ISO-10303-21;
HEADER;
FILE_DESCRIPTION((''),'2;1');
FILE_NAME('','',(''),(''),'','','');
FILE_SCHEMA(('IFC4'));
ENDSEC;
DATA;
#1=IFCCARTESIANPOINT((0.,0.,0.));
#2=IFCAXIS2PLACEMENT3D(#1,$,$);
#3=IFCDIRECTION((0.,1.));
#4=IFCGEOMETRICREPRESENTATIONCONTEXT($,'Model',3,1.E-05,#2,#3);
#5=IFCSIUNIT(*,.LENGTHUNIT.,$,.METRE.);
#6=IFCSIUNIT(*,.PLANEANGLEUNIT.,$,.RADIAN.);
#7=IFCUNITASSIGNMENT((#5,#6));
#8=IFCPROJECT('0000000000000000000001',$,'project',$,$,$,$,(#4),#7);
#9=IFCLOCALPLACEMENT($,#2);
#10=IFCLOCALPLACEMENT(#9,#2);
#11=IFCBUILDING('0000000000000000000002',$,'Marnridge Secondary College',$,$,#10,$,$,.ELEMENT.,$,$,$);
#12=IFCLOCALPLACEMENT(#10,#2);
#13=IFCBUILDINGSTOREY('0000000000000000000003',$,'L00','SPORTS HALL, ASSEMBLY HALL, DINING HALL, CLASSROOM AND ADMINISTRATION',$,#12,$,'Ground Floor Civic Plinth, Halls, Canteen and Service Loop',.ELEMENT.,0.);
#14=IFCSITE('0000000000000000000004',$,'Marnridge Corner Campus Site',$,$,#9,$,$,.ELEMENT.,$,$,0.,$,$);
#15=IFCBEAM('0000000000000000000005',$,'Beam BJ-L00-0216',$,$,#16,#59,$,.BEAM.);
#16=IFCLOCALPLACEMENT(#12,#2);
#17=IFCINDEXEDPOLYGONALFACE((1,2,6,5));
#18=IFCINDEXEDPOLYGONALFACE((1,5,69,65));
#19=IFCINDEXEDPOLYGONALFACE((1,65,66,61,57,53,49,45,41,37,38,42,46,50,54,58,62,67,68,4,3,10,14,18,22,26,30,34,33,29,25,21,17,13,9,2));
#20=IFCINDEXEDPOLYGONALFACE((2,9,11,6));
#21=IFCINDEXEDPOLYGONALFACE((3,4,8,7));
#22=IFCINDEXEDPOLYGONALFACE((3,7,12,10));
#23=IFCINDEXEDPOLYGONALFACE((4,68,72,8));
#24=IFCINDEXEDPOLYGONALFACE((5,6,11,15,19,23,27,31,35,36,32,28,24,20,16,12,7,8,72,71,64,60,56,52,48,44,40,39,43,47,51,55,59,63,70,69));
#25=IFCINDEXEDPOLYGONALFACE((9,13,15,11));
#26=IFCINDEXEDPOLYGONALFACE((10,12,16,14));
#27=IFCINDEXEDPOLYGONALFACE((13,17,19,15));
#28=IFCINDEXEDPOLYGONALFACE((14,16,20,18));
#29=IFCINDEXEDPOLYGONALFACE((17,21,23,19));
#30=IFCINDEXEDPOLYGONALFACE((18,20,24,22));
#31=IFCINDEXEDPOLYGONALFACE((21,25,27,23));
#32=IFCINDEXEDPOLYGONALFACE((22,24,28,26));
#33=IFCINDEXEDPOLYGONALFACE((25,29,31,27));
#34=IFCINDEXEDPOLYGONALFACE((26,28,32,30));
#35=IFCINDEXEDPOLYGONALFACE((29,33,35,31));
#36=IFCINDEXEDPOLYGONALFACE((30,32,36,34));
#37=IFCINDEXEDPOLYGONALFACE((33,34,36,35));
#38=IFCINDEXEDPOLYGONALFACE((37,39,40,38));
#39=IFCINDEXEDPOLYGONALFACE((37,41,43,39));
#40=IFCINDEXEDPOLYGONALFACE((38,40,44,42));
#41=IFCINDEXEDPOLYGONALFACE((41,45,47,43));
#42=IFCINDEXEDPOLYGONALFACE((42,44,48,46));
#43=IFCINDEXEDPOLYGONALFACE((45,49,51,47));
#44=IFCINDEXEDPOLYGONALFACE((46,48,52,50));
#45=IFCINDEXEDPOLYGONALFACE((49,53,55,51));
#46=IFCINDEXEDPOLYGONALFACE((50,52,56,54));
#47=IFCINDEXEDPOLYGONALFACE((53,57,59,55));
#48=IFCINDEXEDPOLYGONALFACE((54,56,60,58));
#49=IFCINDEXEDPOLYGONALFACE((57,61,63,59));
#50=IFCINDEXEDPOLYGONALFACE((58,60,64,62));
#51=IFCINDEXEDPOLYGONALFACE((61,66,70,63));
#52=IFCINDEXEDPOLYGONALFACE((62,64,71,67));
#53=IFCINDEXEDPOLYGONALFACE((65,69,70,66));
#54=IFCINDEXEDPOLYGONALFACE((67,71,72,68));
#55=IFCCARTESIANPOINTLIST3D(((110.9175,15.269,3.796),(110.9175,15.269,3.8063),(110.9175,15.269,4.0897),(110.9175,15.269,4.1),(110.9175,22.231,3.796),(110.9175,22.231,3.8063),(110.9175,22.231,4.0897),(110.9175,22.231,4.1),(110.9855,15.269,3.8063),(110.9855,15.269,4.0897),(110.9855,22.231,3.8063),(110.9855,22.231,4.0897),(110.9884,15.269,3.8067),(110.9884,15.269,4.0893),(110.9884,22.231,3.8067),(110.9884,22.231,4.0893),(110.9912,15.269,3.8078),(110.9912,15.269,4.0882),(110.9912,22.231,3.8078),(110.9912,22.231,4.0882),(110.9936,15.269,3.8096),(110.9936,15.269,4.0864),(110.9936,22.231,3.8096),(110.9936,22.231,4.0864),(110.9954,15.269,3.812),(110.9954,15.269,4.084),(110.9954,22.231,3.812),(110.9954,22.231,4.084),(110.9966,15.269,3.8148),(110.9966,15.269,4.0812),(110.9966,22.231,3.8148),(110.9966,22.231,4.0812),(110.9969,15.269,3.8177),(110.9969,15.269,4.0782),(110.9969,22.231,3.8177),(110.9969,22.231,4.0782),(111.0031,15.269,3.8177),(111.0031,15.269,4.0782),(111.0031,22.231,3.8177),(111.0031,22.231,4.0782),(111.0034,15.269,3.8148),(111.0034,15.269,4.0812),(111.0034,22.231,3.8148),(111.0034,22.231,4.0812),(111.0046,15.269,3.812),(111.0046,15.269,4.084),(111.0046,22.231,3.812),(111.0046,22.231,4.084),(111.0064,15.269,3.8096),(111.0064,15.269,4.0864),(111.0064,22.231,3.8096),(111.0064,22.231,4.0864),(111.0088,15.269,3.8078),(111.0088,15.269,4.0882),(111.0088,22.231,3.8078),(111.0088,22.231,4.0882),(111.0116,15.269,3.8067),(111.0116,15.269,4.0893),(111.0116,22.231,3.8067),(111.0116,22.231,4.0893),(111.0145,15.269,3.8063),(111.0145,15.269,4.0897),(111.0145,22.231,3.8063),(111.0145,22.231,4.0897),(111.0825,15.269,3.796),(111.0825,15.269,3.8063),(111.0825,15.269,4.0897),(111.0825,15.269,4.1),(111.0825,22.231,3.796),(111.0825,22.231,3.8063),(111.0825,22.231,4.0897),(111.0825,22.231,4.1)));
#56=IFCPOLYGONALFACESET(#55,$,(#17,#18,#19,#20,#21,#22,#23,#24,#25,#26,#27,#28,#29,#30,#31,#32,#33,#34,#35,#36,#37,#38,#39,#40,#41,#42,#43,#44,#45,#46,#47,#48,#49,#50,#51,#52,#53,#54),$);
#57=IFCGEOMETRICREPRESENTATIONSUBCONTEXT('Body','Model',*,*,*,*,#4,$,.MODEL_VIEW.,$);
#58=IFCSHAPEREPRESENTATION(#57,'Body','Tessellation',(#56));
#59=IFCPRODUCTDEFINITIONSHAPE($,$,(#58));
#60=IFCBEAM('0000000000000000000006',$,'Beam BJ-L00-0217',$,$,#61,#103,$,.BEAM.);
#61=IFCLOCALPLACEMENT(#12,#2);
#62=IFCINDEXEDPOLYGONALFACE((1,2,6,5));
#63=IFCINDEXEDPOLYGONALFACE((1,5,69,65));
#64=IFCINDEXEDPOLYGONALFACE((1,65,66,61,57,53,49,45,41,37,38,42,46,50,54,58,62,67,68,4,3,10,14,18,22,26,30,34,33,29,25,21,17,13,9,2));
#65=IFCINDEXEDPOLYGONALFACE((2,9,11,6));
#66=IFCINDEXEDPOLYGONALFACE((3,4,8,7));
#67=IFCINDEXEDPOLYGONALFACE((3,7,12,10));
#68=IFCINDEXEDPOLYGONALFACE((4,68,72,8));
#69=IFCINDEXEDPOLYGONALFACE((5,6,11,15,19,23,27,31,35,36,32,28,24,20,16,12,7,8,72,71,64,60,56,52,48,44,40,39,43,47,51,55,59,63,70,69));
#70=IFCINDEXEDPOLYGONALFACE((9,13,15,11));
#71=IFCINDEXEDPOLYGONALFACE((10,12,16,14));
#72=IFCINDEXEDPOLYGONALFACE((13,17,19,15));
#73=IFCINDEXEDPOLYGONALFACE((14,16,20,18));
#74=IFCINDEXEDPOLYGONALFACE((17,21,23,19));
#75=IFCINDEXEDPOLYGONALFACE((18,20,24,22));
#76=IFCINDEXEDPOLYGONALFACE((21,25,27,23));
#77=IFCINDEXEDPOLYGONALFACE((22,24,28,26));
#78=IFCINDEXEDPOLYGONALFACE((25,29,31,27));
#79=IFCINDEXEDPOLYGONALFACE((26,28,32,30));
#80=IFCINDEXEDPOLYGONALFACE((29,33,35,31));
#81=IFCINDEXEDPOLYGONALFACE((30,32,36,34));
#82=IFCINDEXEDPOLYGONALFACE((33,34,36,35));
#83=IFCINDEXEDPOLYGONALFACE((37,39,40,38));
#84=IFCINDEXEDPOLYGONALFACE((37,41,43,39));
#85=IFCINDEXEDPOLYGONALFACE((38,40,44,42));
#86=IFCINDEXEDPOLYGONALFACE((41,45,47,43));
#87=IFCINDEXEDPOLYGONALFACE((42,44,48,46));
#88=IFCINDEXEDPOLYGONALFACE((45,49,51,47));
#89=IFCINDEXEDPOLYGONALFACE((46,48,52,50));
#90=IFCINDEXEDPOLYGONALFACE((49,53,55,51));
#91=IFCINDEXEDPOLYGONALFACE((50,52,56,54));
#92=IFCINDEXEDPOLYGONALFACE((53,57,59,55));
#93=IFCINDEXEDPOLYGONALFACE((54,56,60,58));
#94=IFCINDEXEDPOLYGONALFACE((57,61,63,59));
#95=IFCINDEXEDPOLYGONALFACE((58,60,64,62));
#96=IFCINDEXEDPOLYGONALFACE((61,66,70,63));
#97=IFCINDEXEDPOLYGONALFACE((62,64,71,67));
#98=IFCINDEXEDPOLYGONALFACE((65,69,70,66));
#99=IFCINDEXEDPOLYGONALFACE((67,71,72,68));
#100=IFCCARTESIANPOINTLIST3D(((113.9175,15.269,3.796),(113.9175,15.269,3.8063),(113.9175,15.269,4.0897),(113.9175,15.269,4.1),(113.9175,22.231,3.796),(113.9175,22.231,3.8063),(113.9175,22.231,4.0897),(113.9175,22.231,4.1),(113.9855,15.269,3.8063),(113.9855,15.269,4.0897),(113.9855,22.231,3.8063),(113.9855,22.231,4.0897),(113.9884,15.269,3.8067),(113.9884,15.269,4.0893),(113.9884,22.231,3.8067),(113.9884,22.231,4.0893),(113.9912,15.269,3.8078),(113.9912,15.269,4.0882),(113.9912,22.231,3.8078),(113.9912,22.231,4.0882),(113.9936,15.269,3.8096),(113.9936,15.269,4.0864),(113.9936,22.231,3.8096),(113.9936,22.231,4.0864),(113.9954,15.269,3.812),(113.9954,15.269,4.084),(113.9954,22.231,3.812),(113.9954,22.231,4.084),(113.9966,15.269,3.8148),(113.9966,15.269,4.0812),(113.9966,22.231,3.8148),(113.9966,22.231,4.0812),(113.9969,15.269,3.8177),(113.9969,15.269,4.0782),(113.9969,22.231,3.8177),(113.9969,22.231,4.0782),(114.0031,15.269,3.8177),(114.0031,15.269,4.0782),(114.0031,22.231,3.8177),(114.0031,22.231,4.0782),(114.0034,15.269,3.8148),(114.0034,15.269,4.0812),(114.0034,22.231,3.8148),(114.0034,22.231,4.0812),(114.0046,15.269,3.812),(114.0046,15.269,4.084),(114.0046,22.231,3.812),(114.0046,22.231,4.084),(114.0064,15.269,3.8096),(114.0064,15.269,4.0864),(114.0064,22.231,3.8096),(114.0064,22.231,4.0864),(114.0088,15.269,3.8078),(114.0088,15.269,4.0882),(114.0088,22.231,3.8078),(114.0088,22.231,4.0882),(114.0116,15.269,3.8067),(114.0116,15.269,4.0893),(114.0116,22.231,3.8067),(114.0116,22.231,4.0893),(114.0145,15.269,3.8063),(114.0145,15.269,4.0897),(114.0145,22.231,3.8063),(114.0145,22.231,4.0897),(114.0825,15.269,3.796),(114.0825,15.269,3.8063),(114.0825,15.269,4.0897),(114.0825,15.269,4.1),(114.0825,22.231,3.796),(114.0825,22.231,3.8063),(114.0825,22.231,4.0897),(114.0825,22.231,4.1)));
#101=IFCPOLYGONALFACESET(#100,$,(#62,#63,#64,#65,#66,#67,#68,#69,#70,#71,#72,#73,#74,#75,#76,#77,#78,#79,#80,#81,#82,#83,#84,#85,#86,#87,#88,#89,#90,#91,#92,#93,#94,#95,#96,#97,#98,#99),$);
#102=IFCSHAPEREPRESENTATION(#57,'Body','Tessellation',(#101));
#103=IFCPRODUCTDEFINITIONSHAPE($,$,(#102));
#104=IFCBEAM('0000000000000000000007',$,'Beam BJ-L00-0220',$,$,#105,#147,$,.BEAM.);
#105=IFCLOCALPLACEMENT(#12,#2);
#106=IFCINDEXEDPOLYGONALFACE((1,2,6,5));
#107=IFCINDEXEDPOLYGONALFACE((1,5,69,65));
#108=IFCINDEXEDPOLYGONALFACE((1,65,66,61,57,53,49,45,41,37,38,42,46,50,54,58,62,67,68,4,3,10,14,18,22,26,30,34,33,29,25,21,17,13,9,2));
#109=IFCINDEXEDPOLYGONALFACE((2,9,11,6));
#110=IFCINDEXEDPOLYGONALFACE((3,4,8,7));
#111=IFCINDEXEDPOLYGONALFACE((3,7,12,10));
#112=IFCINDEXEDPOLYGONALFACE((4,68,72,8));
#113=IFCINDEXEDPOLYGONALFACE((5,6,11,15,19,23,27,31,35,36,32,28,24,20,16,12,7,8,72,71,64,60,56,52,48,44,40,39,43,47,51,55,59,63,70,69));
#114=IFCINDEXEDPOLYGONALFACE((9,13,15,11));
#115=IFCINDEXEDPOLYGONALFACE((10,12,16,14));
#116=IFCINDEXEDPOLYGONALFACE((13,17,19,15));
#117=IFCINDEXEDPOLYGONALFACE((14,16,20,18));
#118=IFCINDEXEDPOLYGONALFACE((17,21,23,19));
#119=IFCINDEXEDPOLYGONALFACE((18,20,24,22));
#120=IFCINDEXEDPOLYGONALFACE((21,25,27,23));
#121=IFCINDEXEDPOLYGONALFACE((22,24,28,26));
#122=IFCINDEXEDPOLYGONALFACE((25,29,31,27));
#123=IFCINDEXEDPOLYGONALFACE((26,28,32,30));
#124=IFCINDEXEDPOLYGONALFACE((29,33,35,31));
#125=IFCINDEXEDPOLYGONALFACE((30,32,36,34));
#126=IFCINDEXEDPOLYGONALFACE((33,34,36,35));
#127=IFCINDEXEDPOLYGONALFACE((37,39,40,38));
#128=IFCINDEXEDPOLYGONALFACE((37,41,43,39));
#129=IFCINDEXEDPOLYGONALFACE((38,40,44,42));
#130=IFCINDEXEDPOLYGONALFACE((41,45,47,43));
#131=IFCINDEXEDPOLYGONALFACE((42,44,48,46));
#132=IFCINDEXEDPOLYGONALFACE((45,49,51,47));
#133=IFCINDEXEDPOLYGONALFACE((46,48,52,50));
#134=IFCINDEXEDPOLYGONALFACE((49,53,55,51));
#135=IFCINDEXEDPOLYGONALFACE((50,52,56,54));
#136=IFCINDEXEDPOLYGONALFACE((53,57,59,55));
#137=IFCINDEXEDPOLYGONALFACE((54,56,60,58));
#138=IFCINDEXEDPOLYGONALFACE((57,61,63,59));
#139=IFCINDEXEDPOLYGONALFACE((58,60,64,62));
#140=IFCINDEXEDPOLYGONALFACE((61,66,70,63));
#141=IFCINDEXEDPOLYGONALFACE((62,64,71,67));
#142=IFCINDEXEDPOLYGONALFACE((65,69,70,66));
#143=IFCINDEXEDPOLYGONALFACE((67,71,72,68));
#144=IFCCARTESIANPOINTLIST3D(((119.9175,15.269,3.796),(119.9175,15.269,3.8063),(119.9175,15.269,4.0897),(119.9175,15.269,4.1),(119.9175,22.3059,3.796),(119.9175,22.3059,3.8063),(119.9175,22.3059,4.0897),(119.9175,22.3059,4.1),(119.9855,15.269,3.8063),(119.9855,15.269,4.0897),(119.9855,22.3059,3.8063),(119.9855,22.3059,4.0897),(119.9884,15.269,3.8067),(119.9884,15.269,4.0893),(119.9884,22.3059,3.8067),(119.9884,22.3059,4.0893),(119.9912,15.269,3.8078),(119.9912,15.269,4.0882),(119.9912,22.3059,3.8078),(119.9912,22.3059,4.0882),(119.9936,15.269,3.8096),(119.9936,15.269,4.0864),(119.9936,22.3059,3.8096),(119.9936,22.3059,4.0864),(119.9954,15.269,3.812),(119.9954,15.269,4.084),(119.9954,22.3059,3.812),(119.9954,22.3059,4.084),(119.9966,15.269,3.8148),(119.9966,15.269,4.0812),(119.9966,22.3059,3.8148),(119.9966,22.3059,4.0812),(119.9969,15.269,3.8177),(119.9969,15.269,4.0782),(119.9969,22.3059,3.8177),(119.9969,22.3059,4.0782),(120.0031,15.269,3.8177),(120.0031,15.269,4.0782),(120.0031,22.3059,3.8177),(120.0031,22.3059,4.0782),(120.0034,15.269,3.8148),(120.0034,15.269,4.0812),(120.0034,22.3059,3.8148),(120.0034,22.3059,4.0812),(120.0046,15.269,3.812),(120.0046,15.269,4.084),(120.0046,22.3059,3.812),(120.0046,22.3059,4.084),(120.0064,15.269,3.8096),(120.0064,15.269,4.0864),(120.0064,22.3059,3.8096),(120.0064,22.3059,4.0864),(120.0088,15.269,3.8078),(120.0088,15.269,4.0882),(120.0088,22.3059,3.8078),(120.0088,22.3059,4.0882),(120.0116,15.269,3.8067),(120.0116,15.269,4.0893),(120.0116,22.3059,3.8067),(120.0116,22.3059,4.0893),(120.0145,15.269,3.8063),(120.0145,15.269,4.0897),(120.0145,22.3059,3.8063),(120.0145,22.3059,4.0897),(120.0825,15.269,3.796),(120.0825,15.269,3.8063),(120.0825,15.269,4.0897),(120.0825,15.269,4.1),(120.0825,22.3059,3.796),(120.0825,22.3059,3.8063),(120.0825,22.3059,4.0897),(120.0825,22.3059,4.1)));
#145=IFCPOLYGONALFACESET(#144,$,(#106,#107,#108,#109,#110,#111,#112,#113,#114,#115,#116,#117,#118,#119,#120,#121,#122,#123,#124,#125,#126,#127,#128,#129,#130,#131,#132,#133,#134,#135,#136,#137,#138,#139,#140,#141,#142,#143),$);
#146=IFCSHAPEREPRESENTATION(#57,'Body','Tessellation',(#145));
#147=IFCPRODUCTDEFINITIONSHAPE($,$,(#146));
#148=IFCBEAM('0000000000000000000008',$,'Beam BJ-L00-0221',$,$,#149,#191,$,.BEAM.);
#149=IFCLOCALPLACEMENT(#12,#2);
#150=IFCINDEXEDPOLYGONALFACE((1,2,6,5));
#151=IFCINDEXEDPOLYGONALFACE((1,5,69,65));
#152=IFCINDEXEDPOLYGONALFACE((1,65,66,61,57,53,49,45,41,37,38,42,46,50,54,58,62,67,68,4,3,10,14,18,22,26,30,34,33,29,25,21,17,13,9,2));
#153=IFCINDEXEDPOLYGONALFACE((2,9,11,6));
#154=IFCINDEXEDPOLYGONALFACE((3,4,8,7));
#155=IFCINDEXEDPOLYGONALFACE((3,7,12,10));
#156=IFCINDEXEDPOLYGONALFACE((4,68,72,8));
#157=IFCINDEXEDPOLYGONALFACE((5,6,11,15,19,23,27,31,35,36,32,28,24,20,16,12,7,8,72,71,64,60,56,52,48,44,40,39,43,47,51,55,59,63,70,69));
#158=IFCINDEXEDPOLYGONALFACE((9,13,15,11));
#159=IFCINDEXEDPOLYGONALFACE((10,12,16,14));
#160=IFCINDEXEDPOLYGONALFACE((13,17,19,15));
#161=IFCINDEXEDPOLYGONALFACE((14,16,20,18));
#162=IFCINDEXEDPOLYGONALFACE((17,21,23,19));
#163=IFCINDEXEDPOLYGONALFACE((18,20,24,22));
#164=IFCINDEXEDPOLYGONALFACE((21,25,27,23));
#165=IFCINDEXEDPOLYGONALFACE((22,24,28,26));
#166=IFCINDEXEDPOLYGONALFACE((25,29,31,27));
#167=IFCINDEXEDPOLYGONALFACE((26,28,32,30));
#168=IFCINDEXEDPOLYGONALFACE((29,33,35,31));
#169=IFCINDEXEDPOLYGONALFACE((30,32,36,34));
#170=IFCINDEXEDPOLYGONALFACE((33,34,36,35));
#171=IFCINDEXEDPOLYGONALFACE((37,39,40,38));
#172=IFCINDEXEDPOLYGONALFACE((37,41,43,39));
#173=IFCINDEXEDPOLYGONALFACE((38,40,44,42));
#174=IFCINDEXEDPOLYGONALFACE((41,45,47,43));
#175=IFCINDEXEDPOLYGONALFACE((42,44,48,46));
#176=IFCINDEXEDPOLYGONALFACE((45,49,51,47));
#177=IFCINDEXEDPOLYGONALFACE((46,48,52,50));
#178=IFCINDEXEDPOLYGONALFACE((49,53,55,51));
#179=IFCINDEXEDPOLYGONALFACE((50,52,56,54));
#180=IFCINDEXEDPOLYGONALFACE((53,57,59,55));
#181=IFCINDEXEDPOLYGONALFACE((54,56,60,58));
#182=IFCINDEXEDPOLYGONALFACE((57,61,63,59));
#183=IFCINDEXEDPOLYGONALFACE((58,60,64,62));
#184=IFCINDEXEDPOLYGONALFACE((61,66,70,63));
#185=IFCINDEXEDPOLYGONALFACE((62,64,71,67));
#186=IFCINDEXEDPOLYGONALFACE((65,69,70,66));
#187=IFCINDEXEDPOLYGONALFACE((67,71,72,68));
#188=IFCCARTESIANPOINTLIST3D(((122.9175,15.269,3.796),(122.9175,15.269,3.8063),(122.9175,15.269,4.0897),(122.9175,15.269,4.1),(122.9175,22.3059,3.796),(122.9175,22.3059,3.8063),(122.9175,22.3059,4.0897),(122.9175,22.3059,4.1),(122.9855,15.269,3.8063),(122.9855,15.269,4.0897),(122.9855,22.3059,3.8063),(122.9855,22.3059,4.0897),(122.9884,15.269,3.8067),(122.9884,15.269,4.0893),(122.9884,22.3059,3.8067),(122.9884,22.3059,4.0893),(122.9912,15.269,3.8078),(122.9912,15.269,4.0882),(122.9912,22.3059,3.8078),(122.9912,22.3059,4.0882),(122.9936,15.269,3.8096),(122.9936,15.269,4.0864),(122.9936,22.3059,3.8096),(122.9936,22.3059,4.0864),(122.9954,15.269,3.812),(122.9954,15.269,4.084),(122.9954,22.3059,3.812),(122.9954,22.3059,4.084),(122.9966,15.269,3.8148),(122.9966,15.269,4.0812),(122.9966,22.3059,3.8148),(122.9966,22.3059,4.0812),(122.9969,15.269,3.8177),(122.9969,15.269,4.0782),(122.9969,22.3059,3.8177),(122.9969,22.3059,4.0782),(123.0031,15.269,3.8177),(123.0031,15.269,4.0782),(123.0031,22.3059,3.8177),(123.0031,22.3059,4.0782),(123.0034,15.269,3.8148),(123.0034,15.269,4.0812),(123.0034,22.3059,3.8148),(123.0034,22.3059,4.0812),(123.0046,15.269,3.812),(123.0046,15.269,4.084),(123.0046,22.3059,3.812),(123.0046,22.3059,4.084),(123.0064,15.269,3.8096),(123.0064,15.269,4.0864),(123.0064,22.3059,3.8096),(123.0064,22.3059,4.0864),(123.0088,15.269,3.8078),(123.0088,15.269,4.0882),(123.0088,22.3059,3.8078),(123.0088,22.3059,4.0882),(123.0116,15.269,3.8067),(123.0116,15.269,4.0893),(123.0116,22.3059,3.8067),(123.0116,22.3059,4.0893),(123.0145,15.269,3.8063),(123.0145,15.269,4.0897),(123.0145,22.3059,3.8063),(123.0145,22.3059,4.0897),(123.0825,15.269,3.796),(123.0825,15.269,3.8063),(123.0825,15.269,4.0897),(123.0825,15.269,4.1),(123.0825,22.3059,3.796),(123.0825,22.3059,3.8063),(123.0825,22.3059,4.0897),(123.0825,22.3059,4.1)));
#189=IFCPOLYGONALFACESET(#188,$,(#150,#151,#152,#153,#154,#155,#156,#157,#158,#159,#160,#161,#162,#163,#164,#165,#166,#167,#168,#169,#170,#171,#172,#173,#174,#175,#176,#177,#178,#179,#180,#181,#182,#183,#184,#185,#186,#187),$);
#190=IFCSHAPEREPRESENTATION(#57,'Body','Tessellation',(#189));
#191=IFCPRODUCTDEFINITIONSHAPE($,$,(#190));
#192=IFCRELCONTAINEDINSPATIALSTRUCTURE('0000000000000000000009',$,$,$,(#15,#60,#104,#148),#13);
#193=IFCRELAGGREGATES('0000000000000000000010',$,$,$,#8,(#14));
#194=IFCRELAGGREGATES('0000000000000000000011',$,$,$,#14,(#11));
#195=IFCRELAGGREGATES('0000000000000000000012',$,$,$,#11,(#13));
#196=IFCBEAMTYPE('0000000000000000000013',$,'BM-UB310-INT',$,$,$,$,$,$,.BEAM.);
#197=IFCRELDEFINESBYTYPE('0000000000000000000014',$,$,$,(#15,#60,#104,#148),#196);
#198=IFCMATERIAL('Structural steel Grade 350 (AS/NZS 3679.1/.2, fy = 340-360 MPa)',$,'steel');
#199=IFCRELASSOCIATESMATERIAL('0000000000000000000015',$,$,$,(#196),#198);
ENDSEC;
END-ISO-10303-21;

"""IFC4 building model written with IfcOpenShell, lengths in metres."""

from ifc_helpers import new_model, si_unit, direction, frame, origin, origin_2d, place, context, subcontext, project, spatial, i_section, extrude, material, material_profile, profile_set, type_object, element, save


model = new_model("IFC4")

# Units and contexts
model_context = context("Model", 3, precision=1e-05, world=origin(), true_north=direction((0.0, 1.0)))
body_context = subcontext(model_context, "Body", "Model", "MODEL_VIEW")
ifc_project = project(units=[si_unit("LENGTHUNIT", "METRE"), si_unit("PLANEANGLEUNIT", "RADIAN")], contexts=[model_context])

# Site, building, storey
site_placement = place(None, origin())
site = spatial("IfcSite", under=ifc_project, at=site_placement, Name="Marnridge Corner Campus Site", CompositionType="ELEMENT", RefElevation=0.0)
building_placement = place(site_placement, origin())
building = spatial("IfcBuilding", under=site, at=building_placement, Name="Marnridge Secondary College", CompositionType="ELEMENT")
storey_placement = place(building_placement, origin())
storey = spatial("IfcBuildingStorey", under=building, at=storey_placement, Name="L00", Description="SPORTS HALL, ASSEMBLY HALL, DINING HALL, CLASSROOM AND ADMINISTRATION", LongName="Ground Floor Civic Plinth, Halls, Canteen and Service Loop", CompositionType="ELEMENT", Elevation=0.0)

# Beams
ifc_material_1 = material(Name="Structural steel Grade 350 (AS/NZS 3679.1/.2, fy = 340-360 MPa)", Category="steel")
ifc_material_profile_1 = material_profile(ifc_material_1, i_section(OverallWidth=0.165, OverallDepth=0.304, WebThickness=0.0061, FlangeThickness=0.0103, FilletRadius=0.0115, at=origin_2d()), Name="310UB40.4")
ifc_profile_set_1 = profile_set([ifc_material_profile_1], Name="Structural steel Grade 350 (AS/NZS 3679.1/.2, fy = 340-360 MPa)")
beam_type_1 = type_object("IfcBeamType", Name="BM-UB310-INT", PredefinedType="BEAM", material=ifc_profile_set_1)
for number, where, z_axis, x_axis, name in (
    (1, (111.0, 15.269, 3.948), (0.0, 1.0, 0.0), (-1.0, 0.0, 0.0), "Beam BJ-L00-0216"),
    (2, (114.0, 15.269, 3.948), (0.0, 1.0, 0.0), (-1.0, 0.0, 0.0), "Beam BJ-L00-0217"),
):
    element("IfcBeam", number, at=place(storey_placement, frame(where, z_axis=z_axis, x_axis=x_axis)), inside=storey, type_object=beam_type_1, Name=name, PredefinedType="BEAM", context=body_context, shape_type="SweptSolid", body=[
        extrude(i_section(OverallWidth=0.165, OverallDepth=0.304, WebThickness=0.0061, FlangeThickness=0.0103, FilletRadius=0.0115, at=origin_2d()), origin(), (0.0, 0.0, 1.0), 6.9619),
    ])
for number, where, z_axis, x_axis, name in (
    (3, (120.0, 15.269, 3.948), (0.0, 1.0, 0.0), (-1.0, 0.0, 0.0), "Beam BJ-L00-0220"),
    (4, (123.0, 15.269, 3.948), (0.0, 1.0, 0.0), (-1.0, 0.0, 0.0), "Beam BJ-L00-0221"),
):
    element("IfcBeam", number, at=place(storey_placement, frame(where, z_axis=z_axis, x_axis=x_axis)), inside=storey, type_object=beam_type_1, Name=name, PredefinedType="BEAM", context=body_context, shape_type="SweptSolid", body=[
        extrude(i_section(OverallWidth=0.165, OverallDepth=0.304, WebThickness=0.0061, FlangeThickness=0.0103, FilletRadius=0.0115, at=origin_2d()), origin(), (0.0, 0.0, 1.0), 7.0369),
    ])

save(model, "model.ifc")
